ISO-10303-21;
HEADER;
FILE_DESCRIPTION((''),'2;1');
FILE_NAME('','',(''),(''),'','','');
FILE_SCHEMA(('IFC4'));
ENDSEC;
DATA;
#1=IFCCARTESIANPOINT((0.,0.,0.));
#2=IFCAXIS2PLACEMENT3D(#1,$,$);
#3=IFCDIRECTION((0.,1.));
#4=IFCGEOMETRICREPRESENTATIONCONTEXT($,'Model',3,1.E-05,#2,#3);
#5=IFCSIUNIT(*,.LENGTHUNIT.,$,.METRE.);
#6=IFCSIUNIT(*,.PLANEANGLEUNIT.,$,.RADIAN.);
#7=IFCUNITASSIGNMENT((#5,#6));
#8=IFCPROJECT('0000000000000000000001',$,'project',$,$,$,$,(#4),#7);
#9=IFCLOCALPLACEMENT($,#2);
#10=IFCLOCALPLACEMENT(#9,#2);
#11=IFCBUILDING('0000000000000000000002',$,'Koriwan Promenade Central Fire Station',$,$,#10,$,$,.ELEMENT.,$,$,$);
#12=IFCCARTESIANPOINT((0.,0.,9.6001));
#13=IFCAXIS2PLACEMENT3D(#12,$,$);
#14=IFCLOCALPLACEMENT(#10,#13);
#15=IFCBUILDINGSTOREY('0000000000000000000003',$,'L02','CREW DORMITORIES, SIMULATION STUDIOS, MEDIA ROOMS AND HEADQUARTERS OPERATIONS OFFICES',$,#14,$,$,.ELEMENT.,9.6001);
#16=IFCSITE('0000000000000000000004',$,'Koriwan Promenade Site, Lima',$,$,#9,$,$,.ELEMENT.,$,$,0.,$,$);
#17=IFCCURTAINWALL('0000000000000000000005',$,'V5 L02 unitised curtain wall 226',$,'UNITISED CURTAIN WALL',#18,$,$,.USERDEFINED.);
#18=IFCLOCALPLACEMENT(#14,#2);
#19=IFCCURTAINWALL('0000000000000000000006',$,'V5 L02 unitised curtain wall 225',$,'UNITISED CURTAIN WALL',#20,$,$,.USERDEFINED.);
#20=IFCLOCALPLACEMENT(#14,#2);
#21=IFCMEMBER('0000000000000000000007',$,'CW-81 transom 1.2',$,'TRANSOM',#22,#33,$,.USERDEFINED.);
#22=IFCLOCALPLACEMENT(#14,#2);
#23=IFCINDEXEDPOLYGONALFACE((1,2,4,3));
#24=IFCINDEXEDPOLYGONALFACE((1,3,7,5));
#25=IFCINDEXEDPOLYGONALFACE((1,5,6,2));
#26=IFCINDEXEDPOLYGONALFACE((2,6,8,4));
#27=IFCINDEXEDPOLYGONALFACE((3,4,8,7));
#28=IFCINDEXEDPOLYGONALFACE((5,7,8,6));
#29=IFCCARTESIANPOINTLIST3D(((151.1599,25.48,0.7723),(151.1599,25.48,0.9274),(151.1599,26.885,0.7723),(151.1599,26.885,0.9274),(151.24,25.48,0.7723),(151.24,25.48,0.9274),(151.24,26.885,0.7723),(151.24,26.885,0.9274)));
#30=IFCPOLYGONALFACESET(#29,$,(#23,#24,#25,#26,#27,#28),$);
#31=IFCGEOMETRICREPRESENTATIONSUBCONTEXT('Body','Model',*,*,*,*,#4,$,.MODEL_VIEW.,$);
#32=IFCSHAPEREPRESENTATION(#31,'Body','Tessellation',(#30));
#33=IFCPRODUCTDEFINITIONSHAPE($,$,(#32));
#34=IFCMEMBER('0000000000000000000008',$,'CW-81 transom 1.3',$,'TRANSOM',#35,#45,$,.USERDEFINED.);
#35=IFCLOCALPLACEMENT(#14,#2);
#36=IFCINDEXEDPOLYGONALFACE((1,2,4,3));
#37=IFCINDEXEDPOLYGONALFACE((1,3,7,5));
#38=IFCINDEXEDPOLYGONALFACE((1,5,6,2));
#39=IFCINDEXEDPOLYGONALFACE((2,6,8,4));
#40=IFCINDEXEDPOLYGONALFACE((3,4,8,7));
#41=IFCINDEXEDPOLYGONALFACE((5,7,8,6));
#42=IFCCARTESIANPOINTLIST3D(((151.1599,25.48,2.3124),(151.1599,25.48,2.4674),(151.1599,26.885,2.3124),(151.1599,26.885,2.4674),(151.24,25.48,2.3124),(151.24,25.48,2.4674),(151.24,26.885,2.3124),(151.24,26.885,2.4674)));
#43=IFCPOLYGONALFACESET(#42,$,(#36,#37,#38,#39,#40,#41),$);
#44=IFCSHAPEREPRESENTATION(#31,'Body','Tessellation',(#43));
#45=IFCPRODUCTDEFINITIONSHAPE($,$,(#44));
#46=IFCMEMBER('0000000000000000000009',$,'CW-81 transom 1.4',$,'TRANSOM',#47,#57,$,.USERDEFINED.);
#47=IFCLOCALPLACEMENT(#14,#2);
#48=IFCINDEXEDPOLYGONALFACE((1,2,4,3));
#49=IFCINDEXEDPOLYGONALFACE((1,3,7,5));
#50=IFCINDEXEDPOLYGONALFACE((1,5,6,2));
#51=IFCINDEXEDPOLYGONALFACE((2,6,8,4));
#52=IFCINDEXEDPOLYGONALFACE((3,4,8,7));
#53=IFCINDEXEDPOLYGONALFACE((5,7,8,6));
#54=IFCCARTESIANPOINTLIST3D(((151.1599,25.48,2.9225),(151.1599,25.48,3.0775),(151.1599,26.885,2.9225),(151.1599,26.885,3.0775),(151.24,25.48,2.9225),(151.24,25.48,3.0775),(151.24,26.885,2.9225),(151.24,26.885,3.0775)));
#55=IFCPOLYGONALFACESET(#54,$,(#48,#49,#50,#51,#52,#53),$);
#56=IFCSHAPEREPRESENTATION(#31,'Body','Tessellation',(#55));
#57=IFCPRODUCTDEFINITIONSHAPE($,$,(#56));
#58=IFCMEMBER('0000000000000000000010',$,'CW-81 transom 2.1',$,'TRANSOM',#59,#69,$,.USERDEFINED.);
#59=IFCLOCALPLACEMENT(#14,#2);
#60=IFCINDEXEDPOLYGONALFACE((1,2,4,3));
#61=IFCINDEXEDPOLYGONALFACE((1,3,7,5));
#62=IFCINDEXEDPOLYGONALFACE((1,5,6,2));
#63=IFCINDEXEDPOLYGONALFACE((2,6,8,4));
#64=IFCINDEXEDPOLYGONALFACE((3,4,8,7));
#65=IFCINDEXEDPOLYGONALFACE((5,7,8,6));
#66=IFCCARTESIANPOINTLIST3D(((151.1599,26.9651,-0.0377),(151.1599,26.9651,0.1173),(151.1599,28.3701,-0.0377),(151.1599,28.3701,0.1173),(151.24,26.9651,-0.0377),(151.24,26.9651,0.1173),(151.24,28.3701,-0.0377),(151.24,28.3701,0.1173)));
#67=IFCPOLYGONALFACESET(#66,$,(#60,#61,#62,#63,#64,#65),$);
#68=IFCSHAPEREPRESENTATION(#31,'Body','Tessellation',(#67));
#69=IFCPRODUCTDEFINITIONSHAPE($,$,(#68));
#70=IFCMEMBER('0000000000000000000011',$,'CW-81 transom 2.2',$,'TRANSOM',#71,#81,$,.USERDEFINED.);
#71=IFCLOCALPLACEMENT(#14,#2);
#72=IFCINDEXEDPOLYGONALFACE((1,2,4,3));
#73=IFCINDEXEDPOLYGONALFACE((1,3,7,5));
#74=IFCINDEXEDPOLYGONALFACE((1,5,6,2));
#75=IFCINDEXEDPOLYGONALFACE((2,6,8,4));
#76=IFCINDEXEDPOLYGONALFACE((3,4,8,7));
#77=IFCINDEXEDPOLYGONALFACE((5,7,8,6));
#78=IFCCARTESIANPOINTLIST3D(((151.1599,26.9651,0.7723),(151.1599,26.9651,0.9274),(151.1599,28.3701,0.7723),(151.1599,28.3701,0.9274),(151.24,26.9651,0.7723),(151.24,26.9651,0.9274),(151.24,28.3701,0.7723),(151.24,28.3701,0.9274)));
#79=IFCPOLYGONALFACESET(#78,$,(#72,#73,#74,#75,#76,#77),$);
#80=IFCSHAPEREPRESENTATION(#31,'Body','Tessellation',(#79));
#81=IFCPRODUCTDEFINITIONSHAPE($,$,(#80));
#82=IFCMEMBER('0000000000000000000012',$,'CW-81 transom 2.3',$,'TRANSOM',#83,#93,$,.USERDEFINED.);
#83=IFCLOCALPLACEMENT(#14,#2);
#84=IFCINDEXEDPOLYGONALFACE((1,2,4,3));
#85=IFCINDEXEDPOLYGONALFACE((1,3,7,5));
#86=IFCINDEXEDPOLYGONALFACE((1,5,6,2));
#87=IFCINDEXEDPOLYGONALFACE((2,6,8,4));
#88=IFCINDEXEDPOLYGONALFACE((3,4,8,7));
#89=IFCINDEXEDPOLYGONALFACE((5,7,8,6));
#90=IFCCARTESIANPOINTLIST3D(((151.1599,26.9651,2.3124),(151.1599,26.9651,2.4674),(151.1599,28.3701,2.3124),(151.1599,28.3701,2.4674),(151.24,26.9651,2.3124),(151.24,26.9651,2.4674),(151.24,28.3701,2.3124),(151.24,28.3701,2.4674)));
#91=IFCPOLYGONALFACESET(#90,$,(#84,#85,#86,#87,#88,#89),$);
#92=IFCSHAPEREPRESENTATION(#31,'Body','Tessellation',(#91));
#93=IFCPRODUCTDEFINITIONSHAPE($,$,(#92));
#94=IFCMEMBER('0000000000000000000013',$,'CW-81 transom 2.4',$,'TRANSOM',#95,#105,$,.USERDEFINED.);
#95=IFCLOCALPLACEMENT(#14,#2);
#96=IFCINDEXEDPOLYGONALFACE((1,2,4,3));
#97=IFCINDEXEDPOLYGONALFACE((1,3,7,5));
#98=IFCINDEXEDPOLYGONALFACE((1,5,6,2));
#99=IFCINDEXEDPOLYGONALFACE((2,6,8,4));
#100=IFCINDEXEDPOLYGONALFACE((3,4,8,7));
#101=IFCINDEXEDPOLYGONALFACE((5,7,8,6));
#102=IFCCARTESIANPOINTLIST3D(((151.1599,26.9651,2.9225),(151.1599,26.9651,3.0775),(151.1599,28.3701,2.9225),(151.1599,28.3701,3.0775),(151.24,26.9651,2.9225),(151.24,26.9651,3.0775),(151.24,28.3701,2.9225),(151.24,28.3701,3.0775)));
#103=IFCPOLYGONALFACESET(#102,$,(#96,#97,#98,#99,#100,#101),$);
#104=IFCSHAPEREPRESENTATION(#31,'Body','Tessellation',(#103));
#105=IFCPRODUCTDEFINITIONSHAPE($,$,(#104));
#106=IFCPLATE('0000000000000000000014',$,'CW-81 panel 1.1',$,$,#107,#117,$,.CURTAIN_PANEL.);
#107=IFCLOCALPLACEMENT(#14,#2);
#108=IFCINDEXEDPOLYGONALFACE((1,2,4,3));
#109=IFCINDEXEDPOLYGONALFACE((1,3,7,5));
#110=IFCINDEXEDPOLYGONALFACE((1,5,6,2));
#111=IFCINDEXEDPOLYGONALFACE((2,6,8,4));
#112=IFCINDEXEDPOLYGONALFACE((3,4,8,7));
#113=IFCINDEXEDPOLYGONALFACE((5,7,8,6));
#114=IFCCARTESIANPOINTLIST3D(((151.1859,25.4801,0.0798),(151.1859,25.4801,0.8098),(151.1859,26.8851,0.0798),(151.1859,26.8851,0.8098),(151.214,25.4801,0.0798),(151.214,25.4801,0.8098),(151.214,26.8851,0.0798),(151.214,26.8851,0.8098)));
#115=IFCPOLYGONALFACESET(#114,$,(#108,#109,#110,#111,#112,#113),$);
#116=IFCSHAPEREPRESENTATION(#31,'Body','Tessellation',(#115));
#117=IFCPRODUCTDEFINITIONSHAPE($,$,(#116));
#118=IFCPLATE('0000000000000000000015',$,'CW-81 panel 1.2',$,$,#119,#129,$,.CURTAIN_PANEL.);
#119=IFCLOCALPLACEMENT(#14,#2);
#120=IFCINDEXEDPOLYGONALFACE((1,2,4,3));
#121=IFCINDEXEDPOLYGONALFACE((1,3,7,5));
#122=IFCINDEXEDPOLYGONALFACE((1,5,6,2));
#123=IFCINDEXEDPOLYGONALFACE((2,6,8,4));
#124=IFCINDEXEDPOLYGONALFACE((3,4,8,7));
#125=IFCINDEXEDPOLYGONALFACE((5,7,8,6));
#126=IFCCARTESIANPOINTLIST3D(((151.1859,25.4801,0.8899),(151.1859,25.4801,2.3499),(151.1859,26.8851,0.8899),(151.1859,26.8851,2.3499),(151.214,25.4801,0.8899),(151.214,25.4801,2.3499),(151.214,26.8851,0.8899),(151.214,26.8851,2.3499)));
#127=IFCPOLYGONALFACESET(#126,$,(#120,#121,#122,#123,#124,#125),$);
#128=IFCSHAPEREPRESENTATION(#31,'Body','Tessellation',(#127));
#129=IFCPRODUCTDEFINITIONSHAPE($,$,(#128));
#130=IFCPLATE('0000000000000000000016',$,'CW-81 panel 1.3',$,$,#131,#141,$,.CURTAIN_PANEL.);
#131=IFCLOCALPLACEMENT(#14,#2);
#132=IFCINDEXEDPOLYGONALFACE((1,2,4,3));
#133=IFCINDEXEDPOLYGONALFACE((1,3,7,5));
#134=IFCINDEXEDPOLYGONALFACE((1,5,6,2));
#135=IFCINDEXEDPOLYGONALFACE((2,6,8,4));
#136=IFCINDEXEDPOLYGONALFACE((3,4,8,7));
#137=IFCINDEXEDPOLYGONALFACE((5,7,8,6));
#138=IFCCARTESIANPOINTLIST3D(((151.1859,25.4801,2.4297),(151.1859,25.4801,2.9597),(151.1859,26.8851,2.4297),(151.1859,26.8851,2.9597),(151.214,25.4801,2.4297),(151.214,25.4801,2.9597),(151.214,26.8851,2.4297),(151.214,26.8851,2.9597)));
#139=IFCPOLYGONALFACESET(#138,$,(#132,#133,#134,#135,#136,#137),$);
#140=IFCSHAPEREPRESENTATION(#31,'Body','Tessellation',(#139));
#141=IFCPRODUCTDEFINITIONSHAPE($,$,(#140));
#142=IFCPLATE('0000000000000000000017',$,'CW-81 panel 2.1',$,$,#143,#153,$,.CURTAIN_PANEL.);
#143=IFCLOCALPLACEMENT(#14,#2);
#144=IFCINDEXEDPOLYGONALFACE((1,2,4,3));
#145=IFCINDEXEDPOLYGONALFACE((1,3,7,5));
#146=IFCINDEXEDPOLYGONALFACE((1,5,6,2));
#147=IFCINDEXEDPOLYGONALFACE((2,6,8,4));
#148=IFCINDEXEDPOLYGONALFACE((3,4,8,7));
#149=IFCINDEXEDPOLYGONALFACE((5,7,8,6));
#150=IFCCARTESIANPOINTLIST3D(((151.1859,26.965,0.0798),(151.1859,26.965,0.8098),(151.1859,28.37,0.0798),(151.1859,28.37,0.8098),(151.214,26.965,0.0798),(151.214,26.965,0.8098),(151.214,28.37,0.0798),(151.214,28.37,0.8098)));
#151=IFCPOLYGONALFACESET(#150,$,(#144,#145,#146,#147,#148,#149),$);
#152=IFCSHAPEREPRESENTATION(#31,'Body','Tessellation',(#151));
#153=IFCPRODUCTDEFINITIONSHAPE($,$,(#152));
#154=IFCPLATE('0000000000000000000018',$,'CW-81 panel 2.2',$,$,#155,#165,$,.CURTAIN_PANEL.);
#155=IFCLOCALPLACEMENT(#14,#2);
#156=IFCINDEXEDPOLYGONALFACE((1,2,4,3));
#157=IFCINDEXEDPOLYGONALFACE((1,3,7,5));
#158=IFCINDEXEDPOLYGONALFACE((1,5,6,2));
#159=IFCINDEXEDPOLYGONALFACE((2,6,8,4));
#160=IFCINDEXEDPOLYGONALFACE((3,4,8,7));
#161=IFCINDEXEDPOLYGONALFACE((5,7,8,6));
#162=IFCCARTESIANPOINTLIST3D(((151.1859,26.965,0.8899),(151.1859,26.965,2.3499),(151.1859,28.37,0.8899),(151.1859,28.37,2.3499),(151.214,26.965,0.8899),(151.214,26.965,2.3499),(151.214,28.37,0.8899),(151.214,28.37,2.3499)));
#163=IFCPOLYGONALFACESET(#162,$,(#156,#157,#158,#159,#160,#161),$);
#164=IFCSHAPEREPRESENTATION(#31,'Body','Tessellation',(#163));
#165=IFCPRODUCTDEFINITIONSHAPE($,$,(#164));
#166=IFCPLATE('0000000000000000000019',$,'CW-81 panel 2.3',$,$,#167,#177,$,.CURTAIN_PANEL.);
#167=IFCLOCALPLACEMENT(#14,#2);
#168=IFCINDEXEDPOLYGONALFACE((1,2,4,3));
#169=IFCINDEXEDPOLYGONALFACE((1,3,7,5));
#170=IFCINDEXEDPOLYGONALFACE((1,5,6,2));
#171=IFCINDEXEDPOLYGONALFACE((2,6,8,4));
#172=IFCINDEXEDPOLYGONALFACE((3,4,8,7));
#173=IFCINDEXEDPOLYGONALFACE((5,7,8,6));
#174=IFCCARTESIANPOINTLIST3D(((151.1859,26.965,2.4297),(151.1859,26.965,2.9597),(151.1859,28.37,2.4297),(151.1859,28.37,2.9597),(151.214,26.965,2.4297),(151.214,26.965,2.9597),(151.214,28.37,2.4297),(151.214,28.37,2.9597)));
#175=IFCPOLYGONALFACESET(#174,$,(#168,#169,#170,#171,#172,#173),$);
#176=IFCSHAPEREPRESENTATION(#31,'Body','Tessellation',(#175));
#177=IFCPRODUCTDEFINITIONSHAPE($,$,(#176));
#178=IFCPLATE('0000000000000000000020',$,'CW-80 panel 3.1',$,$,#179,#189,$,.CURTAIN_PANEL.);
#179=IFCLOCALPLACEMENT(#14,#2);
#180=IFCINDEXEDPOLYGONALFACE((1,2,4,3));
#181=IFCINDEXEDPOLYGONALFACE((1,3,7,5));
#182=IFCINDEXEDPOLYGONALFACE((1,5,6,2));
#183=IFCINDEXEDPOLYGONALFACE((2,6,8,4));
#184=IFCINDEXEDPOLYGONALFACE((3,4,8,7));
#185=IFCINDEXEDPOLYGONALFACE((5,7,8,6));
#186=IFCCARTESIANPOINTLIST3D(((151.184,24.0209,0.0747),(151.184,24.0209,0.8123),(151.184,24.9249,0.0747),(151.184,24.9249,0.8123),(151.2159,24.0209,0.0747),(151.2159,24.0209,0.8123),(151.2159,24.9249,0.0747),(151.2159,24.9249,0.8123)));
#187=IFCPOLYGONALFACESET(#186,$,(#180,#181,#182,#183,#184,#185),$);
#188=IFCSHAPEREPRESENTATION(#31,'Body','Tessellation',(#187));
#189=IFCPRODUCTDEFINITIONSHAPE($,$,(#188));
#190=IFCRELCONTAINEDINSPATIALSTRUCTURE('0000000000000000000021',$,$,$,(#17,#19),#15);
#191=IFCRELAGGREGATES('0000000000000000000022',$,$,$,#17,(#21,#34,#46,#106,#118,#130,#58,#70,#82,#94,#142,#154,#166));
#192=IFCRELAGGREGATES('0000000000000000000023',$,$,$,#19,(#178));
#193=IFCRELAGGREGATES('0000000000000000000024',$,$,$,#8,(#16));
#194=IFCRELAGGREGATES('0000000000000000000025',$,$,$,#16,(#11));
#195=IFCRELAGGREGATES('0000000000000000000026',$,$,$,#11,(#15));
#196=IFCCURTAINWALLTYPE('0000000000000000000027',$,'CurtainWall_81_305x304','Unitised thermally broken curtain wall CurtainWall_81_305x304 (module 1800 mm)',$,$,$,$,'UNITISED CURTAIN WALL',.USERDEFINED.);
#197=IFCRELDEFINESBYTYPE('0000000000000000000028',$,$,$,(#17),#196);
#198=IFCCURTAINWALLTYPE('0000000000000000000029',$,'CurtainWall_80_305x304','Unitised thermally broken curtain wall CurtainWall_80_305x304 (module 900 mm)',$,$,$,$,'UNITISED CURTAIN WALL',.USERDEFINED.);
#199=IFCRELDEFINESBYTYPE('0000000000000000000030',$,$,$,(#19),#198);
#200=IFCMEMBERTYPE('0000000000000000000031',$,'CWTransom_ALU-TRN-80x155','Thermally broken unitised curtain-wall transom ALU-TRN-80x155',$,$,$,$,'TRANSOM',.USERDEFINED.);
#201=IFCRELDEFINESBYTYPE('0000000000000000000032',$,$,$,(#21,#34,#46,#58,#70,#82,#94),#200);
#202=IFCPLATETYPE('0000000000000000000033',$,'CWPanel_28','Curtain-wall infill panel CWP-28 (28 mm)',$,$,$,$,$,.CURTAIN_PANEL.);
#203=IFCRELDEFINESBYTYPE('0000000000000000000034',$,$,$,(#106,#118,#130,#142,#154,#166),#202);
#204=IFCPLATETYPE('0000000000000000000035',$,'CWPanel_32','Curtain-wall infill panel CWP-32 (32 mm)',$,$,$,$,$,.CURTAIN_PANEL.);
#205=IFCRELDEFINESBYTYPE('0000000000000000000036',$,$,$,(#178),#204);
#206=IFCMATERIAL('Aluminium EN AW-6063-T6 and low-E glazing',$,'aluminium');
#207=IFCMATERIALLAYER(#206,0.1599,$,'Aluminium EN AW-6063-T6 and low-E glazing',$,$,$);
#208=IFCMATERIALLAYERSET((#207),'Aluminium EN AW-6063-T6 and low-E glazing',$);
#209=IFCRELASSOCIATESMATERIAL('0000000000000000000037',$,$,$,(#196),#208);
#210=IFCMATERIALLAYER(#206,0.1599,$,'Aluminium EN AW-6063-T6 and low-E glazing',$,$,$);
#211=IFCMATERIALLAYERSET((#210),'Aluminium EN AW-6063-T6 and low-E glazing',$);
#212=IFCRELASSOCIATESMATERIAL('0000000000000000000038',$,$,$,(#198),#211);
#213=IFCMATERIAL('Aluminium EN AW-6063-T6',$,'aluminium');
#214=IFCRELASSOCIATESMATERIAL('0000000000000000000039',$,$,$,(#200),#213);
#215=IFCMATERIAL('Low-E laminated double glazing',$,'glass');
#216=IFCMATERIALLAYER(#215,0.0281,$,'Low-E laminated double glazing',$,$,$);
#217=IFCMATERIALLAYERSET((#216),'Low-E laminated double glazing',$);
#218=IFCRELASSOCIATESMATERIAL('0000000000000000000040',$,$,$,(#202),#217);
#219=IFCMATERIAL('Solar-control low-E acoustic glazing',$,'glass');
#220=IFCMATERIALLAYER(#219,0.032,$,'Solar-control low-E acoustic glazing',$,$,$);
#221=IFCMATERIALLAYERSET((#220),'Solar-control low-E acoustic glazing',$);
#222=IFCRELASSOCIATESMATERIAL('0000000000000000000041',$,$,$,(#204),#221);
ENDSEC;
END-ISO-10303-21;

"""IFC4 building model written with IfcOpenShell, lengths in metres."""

from ifc_helpers import new_model, si_unit, direction, frame, origin, origin_2d, place, context, subcontext, project, spatial, rectangle, extrude, material, layer, layer_set, material_profile, profile_set, type_object, element, aggregate, save


model = new_model("IFC4")

# Units and contexts
model_context = context("Model", 3, precision=1e-05, world=origin(), true_north=direction((0.0, 1.0)))
body_context = subcontext(model_context, "Body", "Model", "MODEL_VIEW")
ifc_project = project(units=[si_unit("LENGTHUNIT", "METRE"), si_unit("PLANEANGLEUNIT", "RADIAN")], contexts=[model_context])

# Site, building, storey
site_placement = place(None, origin())
site = spatial("IfcSite", under=ifc_project, at=site_placement, Name="Koriwan Promenade Site, Lima", CompositionType="ELEMENT", RefElevation=0.0)
building_placement = place(site_placement, origin())
building = spatial("IfcBuilding", under=site, at=building_placement, Name="Koriwan Promenade Central Fire Station", CompositionType="ELEMENT")
storey_placement = place(building_placement, frame((0.0, 0.0, 9.6001)))
storey = spatial("IfcBuildingStorey", under=building, at=storey_placement, Name="L02", Description="CREW DORMITORIES, SIMULATION STUDIOS, MEDIA ROOMS AND HEADQUARTERS OPERATIONS OFFICES", CompositionType="ELEMENT", Elevation=9.6001)

# Curtain wall
ifc_material_1 = material(Name="Aluminium EN AW-6063-T6 and low-E glazing", Category="aluminium")
ifc_layer_1 = layer(ifc_material_1, 0.1599, Name="Aluminium EN AW-6063-T6 and low-E glazing")
ifc_layer_set_1 = layer_set([ifc_layer_1], Name="Aluminium EN AW-6063-T6 and low-E glazing")
curtain_wall_type_1 = type_object("IfcCurtainWallType", Name="CurtainWall_81_305x304", Description="Unitised thermally broken curtain wall CurtainWall_81_305x304 (module 1800 mm)", ElementType="UNITISED CURTAIN WALL", PredefinedType="USERDEFINED", material=ifc_layer_set_1)
curtain_wall_1_placement = place(storey_placement, origin())
curtain_wall_1 = element("IfcCurtainWall", 1, at=curtain_wall_1_placement, inside=storey, type_object=curtain_wall_type_1, Name="V5 L02 unitised curtain wall 226", ObjectType="UNITISED CURTAIN WALL", PredefinedType="USERDEFINED")
ifc_material_2 = material(Name="Aluminium EN AW-6063-T6", Category="aluminium")

# Curtain wall
ifc_layer_2 = layer(ifc_material_1, 0.1599, Name="Aluminium EN AW-6063-T6 and low-E glazing")
ifc_layer_set_2 = layer_set([ifc_layer_2], Name="Aluminium EN AW-6063-T6 and low-E glazing")
curtain_wall_type_2 = type_object("IfcCurtainWallType", Name="CurtainWall_80_305x304", Description="Unitised thermally broken curtain wall CurtainWall_80_305x304 (module 900 mm)", ElementType="UNITISED CURTAIN WALL", PredefinedType="USERDEFINED", material=ifc_layer_set_2)
curtain_wall_2_placement = place(storey_placement, origin())
curtain_wall_2 = element("IfcCurtainWall", 2, at=curtain_wall_2_placement, inside=storey, type_object=curtain_wall_type_2, Name="V5 L02 unitised curtain wall 225", ObjectType="UNITISED CURTAIN WALL", PredefinedType="USERDEFINED")

# Members
ifc_material_profile_1 = material_profile(ifc_material_2, rectangle(XDim=0.0801, YDim=0.155, at=origin_2d()), Name="ALU-TRN-80x155")
ifc_profile_set_1 = profile_set([ifc_material_profile_1], Name="Aluminium EN AW-6063-T6")
member_type_1 = type_object("IfcMemberType", Name="CWTransom_ALU-TRN-80x155", Description="Thermally broken unitised curtain-wall transom ALU-TRN-80x155", ElementType="TRANSOM", PredefinedType="USERDEFINED", material=ifc_profile_set_1)
member_1_placement = place(storey_placement, frame((151.2, 25.48, 0.8499), z_axis=(0.0, 1.0, 0.0), x_axis=(-1.0, 0.0, 0.0)))
member_1 = element("IfcMember", 3, at=member_1_placement, type_object=member_type_1, Name="CW-81 transom 1.2", ObjectType="TRANSOM", PredefinedType="USERDEFINED", context=body_context, shape_type="SweptSolid", body=[
    extrude(rectangle(XDim=0.0801, YDim=0.155, at=origin_2d()), origin(), (0.0, 0.0, 1.0), 1.405),
])
member_2_placement = place(storey_placement, frame((151.2, 25.48, 2.3899), z_axis=(0.0, 1.0, 0.0), x_axis=(-1.0, 0.0, 0.0)))
member_2 = element("IfcMember", 4, at=member_2_placement, type_object=member_type_1, Name="CW-81 transom 1.3", ObjectType="TRANSOM", PredefinedType="USERDEFINED", context=body_context, shape_type="SweptSolid", body=[
    extrude(rectangle(XDim=0.0801, YDim=0.155, at=origin_2d()), origin(), (0.0, 0.0, 1.0), 1.405),
])
member_3_placement = place(storey_placement, frame((151.2, 25.48, 3.0), z_axis=(0.0, 1.0, 0.0), x_axis=(-1.0, 0.0, 0.0)))
member_3 = element("IfcMember", 5, at=member_3_placement, type_object=member_type_1, Name="CW-81 transom 1.4", ObjectType="TRANSOM", PredefinedType="USERDEFINED", context=body_context, shape_type="SweptSolid", body=[
    extrude(rectangle(XDim=0.0801, YDim=0.155, at=origin_2d()), origin(), (0.0, 0.0, 1.0), 1.405),
])
member_4_placement = place(storey_placement, frame((151.2, 26.9651, 0.0398), z_axis=(0.0, 1.0, 0.0), x_axis=(-1.0, 0.0, 0.0)))
member_4 = element("IfcMember", 6, at=member_4_placement, type_object=member_type_1, Name="CW-81 transom 2.1", ObjectType="TRANSOM", PredefinedType="USERDEFINED", context=body_context, shape_type="SweptSolid", body=[
    extrude(rectangle(XDim=0.0801, YDim=0.155, at=origin_2d()), origin(), (0.0, 0.0, 1.0), 1.405),
])
member_5_placement = place(storey_placement, frame((151.2, 26.9651, 0.8499), z_axis=(0.0, 1.0, 0.0), x_axis=(-1.0, 0.0, 0.0)))
member_5 = element("IfcMember", 7, at=member_5_placement, type_object=member_type_1, Name="CW-81 transom 2.2", ObjectType="TRANSOM", PredefinedType="USERDEFINED", context=body_context, shape_type="SweptSolid", body=[
    extrude(rectangle(XDim=0.0801, YDim=0.155, at=origin_2d()), origin(), (0.0, 0.0, 1.0), 1.405),
])
member_6_placement = place(storey_placement, frame((151.2, 26.9651, 2.3899), z_axis=(0.0, 1.0, 0.0), x_axis=(-1.0, 0.0, 0.0)))
member_6 = element("IfcMember", 8, at=member_6_placement, type_object=member_type_1, Name="CW-81 transom 2.3", ObjectType="TRANSOM", PredefinedType="USERDEFINED", context=body_context, shape_type="SweptSolid", body=[
    extrude(rectangle(XDim=0.0801, YDim=0.155, at=origin_2d()), origin(), (0.0, 0.0, 1.0), 1.405),
])
member_7_placement = place(storey_placement, frame((151.2, 26.9651, 3.0), z_axis=(0.0, 1.0, 0.0), x_axis=(-1.0, 0.0, 0.0)))
member_7 = element("IfcMember", 9, at=member_7_placement, type_object=member_type_1, Name="CW-81 transom 2.4", ObjectType="TRANSOM", PredefinedType="USERDEFINED", context=body_context, shape_type="SweptSolid", body=[
    extrude(rectangle(XDim=0.0801, YDim=0.155, at=origin_2d()), origin(), (0.0, 0.0, 1.0), 1.405),
])

# Plates
ifc_material_3 = material(Name="Low-E laminated double glazing", Category="glass")
ifc_layer_3 = layer(ifc_material_3, 0.0281, Name="Low-E laminated double glazing")
ifc_layer_set_3 = layer_set([ifc_layer_3], Name="Low-E laminated double glazing")
plate_type_1 = type_object("IfcPlateType", Name="CWPanel_28", Description="Curtain-wall infill panel CWP-28 (28 mm)", PredefinedType="CURTAIN_PANEL", material=ifc_layer_set_3)
plate_1_placement = place(storey_placement, frame((151.2, 26.1826, 0.0798), z_axis=(0.0, 0.0, 1.0), x_axis=(0.0, 1.0, 0.0)))
plate_1 = element("IfcPlate", 10, at=plate_1_placement, type_object=plate_type_1, Name="CW-81 panel 1.1", PredefinedType="CURTAIN_PANEL", context=body_context, shape_type="SweptSolid", body=[
    extrude(rectangle(XDim=1.405, YDim=0.0281, at=origin_2d()), origin(), (0.0, 0.0, 1.0), 0.73),
])
plate_2_placement = place(storey_placement, frame((151.2, 26.1826, 0.8899), z_axis=(0.0, 0.0, 1.0), x_axis=(0.0, 1.0, 0.0)))
plate_2 = element("IfcPlate", 11, at=plate_2_placement, type_object=plate_type_1, Name="CW-81 panel 1.2", PredefinedType="CURTAIN_PANEL", context=body_context, shape_type="SweptSolid", body=[
    extrude(rectangle(XDim=1.405, YDim=0.0281, at=origin_2d()), origin(), (0.0, 0.0, 1.0), 1.46),
])
plate_3_placement = place(storey_placement, frame((151.2, 26.1826, 2.4297), z_axis=(0.0, 0.0, 1.0), x_axis=(0.0, 1.0, 0.0)))
plate_3 = element("IfcPlate", 12, at=plate_3_placement, type_object=plate_type_1, Name="CW-81 panel 1.3", PredefinedType="CURTAIN_PANEL", context=body_context, shape_type="SweptSolid", body=[
    extrude(rectangle(XDim=1.405, YDim=0.0281, at=origin_2d()), origin(), (0.0, 0.0, 1.0), 0.53),
])
plate_4_placement = place(storey_placement, frame((151.2, 27.6675, 0.0798), z_axis=(0.0, 0.0, 1.0), x_axis=(0.0, 1.0, 0.0)))
plate_4 = element("IfcPlate", 13, at=plate_4_placement, type_object=plate_type_1, Name="CW-81 panel 2.1", PredefinedType="CURTAIN_PANEL", context=body_context, shape_type="SweptSolid", body=[
    extrude(rectangle(XDim=1.405, YDim=0.0281, at=origin_2d()), origin(), (0.0, 0.0, 1.0), 0.73),
])
plate_5_placement = place(storey_placement, frame((151.2, 27.6675, 0.8899), z_axis=(0.0, 0.0, 1.0), x_axis=(0.0, 1.0, 0.0)))
plate_5 = element("IfcPlate", 14, at=plate_5_placement, type_object=plate_type_1, Name="CW-81 panel 2.2", PredefinedType="CURTAIN_PANEL", context=body_context, shape_type="SweptSolid", body=[
    extrude(rectangle(XDim=1.405, YDim=0.0281, at=origin_2d()), origin(), (0.0, 0.0, 1.0), 1.46),
])
plate_6_placement = place(storey_placement, frame((151.2, 27.6675, 2.4297), z_axis=(0.0, 0.0, 1.0), x_axis=(0.0, 1.0, 0.0)))
plate_6 = element("IfcPlate", 15, at=plate_6_placement, type_object=plate_type_1, Name="CW-81 panel 2.3", PredefinedType="CURTAIN_PANEL", context=body_context, shape_type="SweptSolid", body=[
    extrude(rectangle(XDim=1.405, YDim=0.0281, at=origin_2d()), origin(), (0.0, 0.0, 1.0), 0.53),
])
aggregate(curtain_wall_1, [member_1, member_2, member_3, plate_1, plate_2, plate_3, member_4, member_5, member_6, member_7, plate_4, plate_5, plate_6])
ifc_material_4 = material(Name="Solar-control low-E acoustic glazing", Category="glass")
ifc_layer_4 = layer(ifc_material_4, 0.032, Name="Solar-control low-E acoustic glazing")
ifc_layer_set_4 = layer_set([ifc_layer_4], Name="Solar-control low-E acoustic glazing")
plate_type_2 = type_object("IfcPlateType", Name="CWPanel_32", Description="Curtain-wall infill panel CWP-32 (32 mm)", PredefinedType="CURTAIN_PANEL", material=ifc_layer_set_4)
plate_7_placement = place(storey_placement, frame((151.2, 24.4729, 0.0747), z_axis=(0.0, 0.0, 1.0), x_axis=(0.0, 1.0, 0.0)))
plate_7 = element("IfcPlate", 16, at=plate_7_placement, type_object=plate_type_2, Name="CW-80 panel 3.1", PredefinedType="CURTAIN_PANEL", context=body_context, shape_type="SweptSolid", body=[
    extrude(rectangle(XDim=0.9041, YDim=0.032, at=origin_2d()), origin(), (0.0, 0.0, 1.0), 0.7375),
])
aggregate(curtain_wall_2, [plate_7])

save(model, "model.ifc")
